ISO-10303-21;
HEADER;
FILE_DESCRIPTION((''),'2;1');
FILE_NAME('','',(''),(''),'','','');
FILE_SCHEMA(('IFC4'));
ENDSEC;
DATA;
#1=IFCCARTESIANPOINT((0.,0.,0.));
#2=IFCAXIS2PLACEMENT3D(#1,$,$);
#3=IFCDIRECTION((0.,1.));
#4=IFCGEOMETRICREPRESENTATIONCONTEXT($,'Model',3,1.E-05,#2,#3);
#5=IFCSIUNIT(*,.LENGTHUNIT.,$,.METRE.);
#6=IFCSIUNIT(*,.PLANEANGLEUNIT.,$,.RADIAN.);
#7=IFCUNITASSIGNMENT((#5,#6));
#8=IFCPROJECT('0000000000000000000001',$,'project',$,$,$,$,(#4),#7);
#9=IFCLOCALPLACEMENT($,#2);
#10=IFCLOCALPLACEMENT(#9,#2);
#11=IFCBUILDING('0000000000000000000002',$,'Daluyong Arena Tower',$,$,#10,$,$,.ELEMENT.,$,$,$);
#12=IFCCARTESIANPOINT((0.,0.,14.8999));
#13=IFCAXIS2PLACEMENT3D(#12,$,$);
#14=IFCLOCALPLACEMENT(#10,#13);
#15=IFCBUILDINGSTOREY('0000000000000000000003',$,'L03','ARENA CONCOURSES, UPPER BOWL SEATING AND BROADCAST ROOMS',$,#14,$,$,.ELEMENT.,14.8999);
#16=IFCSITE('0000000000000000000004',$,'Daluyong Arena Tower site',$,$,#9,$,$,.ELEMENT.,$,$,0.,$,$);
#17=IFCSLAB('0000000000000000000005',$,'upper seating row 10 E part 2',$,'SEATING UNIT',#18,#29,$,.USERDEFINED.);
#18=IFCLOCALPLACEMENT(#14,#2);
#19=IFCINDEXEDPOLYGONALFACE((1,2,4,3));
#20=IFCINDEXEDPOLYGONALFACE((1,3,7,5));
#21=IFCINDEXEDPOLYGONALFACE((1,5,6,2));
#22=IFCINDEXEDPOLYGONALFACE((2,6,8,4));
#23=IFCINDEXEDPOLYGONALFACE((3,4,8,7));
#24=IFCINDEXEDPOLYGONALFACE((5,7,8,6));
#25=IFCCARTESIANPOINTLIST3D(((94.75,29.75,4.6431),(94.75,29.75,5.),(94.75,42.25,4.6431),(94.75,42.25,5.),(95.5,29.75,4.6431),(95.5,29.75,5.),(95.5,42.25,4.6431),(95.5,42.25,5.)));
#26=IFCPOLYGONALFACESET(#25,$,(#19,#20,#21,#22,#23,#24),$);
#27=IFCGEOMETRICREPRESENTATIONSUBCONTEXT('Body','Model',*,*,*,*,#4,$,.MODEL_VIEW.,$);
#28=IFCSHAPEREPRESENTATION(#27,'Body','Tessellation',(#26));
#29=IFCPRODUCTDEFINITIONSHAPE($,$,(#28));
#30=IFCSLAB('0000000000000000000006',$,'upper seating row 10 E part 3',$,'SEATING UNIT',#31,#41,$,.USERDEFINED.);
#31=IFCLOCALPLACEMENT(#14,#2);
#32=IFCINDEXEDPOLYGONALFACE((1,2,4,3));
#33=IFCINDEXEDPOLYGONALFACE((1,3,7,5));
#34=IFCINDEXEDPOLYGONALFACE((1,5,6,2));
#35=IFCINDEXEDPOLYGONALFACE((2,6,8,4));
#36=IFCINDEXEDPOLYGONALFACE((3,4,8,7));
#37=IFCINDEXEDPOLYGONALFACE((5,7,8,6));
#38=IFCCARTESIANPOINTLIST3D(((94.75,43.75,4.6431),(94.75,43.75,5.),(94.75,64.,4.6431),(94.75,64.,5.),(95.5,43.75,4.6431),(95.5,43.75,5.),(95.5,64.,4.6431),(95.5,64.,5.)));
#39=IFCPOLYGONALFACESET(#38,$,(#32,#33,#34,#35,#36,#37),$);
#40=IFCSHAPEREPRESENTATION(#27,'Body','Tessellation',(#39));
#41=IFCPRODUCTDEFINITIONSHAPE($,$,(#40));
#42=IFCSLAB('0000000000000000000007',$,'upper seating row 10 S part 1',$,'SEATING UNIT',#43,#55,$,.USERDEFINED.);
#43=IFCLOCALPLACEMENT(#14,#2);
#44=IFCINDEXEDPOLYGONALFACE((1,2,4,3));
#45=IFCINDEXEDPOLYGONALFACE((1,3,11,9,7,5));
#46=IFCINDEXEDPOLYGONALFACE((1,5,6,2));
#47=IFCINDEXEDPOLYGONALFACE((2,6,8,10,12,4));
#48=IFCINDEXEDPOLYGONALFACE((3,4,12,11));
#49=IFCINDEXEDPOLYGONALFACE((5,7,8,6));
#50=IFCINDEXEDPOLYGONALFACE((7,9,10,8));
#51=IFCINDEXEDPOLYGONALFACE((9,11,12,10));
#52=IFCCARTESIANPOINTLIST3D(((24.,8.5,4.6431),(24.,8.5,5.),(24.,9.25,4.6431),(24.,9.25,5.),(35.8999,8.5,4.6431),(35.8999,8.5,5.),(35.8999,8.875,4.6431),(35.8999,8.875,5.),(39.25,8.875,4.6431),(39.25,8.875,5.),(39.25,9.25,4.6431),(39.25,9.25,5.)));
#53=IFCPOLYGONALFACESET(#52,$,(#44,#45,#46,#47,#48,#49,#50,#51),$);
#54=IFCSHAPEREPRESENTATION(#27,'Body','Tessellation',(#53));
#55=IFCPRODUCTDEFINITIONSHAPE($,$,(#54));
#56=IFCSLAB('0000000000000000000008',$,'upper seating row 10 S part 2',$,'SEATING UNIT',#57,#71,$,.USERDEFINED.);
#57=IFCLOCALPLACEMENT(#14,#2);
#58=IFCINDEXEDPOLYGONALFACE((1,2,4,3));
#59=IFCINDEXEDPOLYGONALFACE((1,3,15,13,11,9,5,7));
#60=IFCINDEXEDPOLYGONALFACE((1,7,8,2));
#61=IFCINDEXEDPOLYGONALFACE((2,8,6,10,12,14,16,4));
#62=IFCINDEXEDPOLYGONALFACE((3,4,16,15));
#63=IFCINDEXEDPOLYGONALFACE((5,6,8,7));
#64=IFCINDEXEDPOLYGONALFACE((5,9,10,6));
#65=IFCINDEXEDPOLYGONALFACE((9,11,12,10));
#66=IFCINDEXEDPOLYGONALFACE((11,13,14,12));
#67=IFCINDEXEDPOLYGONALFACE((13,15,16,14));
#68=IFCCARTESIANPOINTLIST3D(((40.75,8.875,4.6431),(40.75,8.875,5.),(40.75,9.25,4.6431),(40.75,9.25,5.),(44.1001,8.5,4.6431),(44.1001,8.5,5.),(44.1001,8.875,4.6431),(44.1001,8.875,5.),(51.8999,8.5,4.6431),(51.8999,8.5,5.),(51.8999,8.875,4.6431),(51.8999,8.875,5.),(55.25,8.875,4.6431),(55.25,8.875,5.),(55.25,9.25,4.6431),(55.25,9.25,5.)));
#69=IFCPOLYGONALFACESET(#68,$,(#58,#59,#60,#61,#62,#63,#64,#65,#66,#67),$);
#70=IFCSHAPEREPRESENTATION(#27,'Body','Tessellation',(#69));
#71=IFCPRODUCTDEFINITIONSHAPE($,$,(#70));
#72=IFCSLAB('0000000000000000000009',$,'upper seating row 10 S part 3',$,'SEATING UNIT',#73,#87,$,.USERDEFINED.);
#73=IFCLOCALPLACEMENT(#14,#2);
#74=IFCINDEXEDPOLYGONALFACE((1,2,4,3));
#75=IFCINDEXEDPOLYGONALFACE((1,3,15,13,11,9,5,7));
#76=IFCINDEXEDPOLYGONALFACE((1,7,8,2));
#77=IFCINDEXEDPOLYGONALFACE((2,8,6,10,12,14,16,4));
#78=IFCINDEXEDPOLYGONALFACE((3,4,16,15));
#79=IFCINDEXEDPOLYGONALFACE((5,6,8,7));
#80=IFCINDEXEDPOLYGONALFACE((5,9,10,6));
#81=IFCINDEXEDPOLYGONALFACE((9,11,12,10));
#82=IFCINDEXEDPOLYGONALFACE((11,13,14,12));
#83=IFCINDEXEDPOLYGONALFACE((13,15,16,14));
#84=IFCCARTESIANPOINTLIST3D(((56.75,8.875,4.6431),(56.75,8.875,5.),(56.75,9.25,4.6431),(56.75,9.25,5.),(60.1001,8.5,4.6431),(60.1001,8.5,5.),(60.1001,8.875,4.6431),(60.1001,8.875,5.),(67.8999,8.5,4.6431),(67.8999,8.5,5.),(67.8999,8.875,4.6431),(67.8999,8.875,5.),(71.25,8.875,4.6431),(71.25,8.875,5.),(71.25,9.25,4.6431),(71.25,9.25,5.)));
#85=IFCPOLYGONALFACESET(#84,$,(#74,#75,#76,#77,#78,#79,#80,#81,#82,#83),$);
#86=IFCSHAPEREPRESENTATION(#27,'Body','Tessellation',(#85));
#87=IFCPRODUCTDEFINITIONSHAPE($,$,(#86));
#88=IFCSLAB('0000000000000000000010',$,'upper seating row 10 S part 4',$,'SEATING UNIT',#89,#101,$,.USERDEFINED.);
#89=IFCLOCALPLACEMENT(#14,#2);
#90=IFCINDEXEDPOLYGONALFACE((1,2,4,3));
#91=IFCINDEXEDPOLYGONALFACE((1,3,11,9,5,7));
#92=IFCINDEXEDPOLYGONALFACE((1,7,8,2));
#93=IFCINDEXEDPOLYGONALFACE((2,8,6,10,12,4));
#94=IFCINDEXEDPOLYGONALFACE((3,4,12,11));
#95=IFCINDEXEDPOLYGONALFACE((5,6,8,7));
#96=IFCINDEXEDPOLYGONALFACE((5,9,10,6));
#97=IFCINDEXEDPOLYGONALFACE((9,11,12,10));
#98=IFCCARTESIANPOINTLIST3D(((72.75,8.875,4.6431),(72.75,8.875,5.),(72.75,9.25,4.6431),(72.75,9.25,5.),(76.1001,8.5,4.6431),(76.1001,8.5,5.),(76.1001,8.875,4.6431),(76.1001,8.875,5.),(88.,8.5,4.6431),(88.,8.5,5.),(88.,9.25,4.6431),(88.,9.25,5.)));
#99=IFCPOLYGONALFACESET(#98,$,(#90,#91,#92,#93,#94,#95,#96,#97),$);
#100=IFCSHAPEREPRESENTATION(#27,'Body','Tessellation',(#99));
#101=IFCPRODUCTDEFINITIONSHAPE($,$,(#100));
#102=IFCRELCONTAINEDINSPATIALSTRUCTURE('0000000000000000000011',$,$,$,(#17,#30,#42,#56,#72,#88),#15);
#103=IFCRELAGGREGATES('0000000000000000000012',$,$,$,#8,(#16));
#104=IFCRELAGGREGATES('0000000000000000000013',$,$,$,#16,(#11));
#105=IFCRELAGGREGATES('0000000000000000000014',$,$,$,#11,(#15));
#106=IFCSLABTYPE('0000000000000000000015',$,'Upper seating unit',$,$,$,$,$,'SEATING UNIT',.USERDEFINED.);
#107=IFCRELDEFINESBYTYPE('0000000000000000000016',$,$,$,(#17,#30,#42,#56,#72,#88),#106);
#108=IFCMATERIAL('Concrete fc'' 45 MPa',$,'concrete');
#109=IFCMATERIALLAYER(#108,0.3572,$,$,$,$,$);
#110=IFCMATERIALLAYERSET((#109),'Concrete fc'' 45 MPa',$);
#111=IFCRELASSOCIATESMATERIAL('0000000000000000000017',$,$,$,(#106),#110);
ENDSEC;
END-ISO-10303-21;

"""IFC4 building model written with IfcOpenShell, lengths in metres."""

from ifc_helpers import new_model, si_unit, direction, frame, origin, place, context, subcontext, project, spatial, polyline, outline, extrude, material, layer, layer_set, type_object, element, save


model = new_model("IFC4")

# Units and contexts
model_context = context("Model", 3, precision=1e-05, world=origin(), true_north=direction((0.0, 1.0)))
body_context = subcontext(model_context, "Body", "Model", "MODEL_VIEW")
ifc_project = project(units=[si_unit("LENGTHUNIT", "METRE"), si_unit("PLANEANGLEUNIT", "RADIAN")], contexts=[model_context])

# Site, building, storey
site_placement = place(None, origin())
site = spatial("IfcSite", under=ifc_project, at=site_placement, Name="Daluyong Arena Tower site", CompositionType="ELEMENT", RefElevation=0.0)
building_placement = place(site_placement, origin())
building = spatial("IfcBuilding", under=site, at=building_placement, Name="Daluyong Arena Tower", CompositionType="ELEMENT")
storey_placement = place(building_placement, frame((0.0, 0.0, 14.8999)))
storey = spatial("IfcBuildingStorey", under=building, at=storey_placement, Name="L03", Description="ARENA CONCOURSES, UPPER BOWL SEATING AND BROADCAST ROOMS", CompositionType="ELEMENT", Elevation=14.8999)

# Slabs
ifc_material_1 = material(Name="Concrete fc' 45 MPa", Category="concrete")
ifc_layer_1 = layer(ifc_material_1, 0.3572)
ifc_layer_set_1 = layer_set([ifc_layer_1], Name="Concrete fc' 45 MPa")
slab_type_1 = type_object("IfcSlabType", Name="Upper seating unit", ElementType="SEATING UNIT", PredefinedType="USERDEFINED", material=ifc_layer_set_1)
slab_1_placement = place(storey_placement, frame((0.0, 0.0, 4.6431)))
element("IfcSlab", 1, at=slab_1_placement, inside=storey, type_object=slab_type_1, Name="upper seating row 10 E part 2", ObjectType="SEATING UNIT", PredefinedType="USERDEFINED", context=body_context, shape_type="SweptSolid", body=[
    extrude(outline(polyline([(95.5, 29.75), (95.5, 42.25), (94.75, 42.25), (94.75, 29.75), (95.5, 29.75)])), origin(), (0.0, 0.0, 1.0), 0.3569),
])
slab_2_placement = place(storey_placement, frame((0.0, 0.0, 4.6431)))
element("IfcSlab", 2, at=slab_2_placement, inside=storey, type_object=slab_type_1, Name="upper seating row 10 E part 3", ObjectType="SEATING UNIT", PredefinedType="USERDEFINED", context=body_context, shape_type="SweptSolid", body=[
    extrude(outline(polyline([(94.75, 64.0), (94.75, 43.75), (95.5, 43.75), (95.5, 64.0), (94.75, 64.0)])), origin(), (0.0, 0.0, 1.0), 0.3569),
])
slab_3_placement = place(storey_placement, frame((0.0, 0.0, 4.6431)))
element("IfcSlab", 3, at=slab_3_placement, inside=storey, type_object=slab_type_1, Name="upper seating row 10 S part 1", ObjectType="SEATING UNIT", PredefinedType="USERDEFINED", context=body_context, shape_type="SweptSolid", body=[
    extrude(outline(polyline([(24.0, 9.25), (24.0, 8.5), (35.8999, 8.5), (35.8999, 8.875), (39.25, 8.875), (39.25, 9.25), (24.0, 9.25)])), origin(), (0.0, 0.0, 1.0), 0.3569),
])
slab_4_placement = place(storey_placement, frame((0.0, 0.0, 4.6431)))
element("IfcSlab", 4, at=slab_4_placement, inside=storey, type_object=slab_type_1, Name="upper seating row 10 S part 2", ObjectType="SEATING UNIT", PredefinedType="USERDEFINED", context=body_context, shape_type="SweptSolid", body=[
    extrude(outline(polyline([(55.25, 8.875), (55.25, 9.25), (40.75, 9.25), (40.75, 8.875), (44.1001, 8.875), (44.1001, 8.5), (51.8999, 8.5), (51.8999, 8.875), (55.25, 8.875)])), origin(), (0.0, 0.0, 1.0), 0.3569),
])
slab_5_placement = place(storey_placement, frame((0.0, 0.0, 4.6431)))
element("IfcSlab", 5, at=slab_5_placement, inside=storey, type_object=slab_type_1, Name="upper seating row 10 S part 3", ObjectType="SEATING UNIT", PredefinedType="USERDEFINED", context=body_context, shape_type="SweptSolid", body=[
    extrude(outline(polyline([(71.25, 8.875), (71.25, 9.25), (56.75, 9.25), (56.75, 8.875), (60.1001, 8.875), (60.1001, 8.5), (67.8999, 8.5), (67.8999, 8.875), (71.25, 8.875)])), origin(), (0.0, 0.0, 1.0), 0.3569),
])
slab_6_placement = place(storey_placement, frame((0.0, 0.0, 4.6431)))
element("IfcSlab", 6, at=slab_6_placement, inside=storey, type_object=slab_type_1, Name="upper seating row 10 S part 4", ObjectType="SEATING UNIT", PredefinedType="USERDEFINED", context=body_context, shape_type="SweptSolid", body=[
    extrude(outline(polyline([(88.0, 8.5), (88.0, 9.25), (72.75, 9.25), (72.75, 8.875), (76.1001, 8.875), (76.1001, 8.5), (88.0, 8.5)])), origin(), (0.0, 0.0, 1.0), 0.3569),
])

save(model, "model.ifc")
